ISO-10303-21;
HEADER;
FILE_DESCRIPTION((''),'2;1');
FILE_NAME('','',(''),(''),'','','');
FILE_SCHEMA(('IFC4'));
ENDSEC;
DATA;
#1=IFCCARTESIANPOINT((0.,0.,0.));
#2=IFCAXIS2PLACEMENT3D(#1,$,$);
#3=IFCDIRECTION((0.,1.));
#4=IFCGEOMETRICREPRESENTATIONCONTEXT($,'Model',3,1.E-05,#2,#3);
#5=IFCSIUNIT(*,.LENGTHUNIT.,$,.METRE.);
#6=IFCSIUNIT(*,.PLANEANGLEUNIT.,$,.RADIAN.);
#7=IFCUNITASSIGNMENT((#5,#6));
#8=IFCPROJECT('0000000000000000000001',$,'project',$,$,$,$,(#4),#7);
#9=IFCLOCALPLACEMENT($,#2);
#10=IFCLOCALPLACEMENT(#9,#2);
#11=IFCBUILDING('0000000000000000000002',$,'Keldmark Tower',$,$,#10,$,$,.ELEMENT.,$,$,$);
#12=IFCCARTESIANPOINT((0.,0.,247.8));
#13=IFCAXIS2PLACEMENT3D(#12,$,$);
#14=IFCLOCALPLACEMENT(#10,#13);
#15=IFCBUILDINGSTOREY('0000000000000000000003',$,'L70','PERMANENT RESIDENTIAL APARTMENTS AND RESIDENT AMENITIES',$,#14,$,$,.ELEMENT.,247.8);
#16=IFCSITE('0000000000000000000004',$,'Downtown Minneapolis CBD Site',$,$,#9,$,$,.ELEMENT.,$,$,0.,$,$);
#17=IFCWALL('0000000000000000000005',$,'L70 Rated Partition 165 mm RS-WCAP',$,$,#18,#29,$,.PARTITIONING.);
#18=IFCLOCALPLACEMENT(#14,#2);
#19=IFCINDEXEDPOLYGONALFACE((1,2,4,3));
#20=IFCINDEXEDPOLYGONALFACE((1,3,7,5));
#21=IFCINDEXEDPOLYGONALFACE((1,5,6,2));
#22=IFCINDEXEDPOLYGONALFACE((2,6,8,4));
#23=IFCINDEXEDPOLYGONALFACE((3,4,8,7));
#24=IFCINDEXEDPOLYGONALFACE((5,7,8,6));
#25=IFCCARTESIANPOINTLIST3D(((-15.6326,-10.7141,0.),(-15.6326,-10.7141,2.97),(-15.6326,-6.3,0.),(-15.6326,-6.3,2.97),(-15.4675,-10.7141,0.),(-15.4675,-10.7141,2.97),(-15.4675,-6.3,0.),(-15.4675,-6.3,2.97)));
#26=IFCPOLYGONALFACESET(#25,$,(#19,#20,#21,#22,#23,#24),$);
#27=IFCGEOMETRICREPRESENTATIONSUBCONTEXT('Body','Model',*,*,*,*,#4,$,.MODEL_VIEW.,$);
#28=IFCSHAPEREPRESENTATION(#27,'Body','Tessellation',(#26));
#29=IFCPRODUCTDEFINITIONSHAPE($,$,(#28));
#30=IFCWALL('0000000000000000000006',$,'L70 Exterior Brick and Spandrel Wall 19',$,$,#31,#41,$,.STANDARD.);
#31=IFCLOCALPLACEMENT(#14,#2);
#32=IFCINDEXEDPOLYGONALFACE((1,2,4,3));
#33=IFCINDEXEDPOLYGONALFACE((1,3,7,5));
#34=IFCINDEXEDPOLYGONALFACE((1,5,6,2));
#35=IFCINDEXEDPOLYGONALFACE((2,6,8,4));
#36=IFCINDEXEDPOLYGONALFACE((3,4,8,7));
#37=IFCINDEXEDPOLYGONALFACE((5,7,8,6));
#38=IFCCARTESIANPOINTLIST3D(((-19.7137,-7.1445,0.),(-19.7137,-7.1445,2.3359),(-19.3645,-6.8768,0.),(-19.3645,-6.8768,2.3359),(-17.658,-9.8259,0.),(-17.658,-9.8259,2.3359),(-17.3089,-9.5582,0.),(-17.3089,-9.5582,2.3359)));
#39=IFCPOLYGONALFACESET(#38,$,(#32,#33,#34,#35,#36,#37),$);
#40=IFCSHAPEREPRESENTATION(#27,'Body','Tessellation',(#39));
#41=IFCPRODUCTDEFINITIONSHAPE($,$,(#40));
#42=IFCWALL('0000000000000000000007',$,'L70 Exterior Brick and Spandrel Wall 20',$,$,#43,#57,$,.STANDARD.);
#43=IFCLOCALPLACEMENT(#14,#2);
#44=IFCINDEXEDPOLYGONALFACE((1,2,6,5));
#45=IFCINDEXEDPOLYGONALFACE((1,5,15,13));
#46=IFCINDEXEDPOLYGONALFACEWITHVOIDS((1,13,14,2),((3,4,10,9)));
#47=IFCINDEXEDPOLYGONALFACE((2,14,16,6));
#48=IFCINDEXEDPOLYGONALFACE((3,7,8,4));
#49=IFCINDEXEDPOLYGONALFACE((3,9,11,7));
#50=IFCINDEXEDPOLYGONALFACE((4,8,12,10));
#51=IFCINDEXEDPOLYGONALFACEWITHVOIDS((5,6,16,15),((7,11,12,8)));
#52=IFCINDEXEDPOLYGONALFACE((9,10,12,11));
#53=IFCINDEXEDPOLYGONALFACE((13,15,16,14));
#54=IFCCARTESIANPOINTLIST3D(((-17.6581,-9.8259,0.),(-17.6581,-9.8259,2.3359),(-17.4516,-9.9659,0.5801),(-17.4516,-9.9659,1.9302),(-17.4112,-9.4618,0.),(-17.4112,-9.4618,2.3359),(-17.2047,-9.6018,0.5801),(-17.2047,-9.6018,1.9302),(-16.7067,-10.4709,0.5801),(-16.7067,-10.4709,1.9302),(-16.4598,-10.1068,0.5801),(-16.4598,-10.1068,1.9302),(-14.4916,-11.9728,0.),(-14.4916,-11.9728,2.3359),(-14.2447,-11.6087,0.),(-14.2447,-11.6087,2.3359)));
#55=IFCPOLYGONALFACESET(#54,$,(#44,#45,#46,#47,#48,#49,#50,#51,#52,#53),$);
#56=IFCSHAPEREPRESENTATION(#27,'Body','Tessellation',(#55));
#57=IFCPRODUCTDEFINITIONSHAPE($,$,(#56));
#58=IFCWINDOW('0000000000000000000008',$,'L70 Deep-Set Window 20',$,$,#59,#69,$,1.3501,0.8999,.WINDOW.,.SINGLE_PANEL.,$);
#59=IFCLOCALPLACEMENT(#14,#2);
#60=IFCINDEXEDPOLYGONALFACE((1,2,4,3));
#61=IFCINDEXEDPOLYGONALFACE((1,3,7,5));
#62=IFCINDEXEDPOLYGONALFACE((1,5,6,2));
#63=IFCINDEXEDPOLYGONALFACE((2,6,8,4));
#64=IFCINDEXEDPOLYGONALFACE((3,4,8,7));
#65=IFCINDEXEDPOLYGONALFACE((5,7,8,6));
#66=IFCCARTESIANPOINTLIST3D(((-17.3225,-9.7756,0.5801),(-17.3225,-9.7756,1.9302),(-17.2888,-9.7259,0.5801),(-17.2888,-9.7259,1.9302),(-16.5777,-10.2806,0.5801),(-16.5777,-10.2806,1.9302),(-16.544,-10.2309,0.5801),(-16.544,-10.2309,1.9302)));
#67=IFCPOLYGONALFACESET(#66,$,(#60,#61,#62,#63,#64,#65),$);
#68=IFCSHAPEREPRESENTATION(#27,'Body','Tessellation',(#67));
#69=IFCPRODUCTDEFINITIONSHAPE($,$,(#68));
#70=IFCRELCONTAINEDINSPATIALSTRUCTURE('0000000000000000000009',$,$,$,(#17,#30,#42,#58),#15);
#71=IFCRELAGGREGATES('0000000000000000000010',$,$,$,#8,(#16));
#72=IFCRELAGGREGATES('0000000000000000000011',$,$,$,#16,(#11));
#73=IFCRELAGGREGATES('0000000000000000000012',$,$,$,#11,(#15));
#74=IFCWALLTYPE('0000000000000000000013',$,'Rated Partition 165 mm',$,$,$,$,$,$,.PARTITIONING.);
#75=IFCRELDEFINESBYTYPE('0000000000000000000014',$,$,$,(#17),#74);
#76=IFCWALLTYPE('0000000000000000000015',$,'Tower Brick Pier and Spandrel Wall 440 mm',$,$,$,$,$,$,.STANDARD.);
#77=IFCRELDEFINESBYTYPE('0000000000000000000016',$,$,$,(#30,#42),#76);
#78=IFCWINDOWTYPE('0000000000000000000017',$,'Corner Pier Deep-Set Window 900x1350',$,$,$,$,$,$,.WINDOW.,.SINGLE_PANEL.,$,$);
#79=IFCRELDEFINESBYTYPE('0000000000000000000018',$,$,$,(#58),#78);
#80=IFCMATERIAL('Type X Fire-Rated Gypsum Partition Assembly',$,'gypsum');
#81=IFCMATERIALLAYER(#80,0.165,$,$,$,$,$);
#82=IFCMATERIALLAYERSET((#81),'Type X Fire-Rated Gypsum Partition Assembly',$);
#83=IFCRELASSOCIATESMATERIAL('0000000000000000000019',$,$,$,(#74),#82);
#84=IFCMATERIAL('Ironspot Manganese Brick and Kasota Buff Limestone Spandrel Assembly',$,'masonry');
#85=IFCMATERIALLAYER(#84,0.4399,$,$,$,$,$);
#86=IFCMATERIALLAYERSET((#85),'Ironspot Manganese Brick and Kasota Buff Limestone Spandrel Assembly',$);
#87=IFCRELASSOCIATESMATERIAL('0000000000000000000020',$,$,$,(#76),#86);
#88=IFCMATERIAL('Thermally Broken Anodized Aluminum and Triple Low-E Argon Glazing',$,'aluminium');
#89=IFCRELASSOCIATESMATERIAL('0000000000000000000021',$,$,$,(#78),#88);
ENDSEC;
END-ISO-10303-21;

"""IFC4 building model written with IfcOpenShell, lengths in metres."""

from ifc_helpers import new_model, si_unit, direction, frame, frame_2d, origin, place, context, subcontext, project, spatial, rectangle, extrude, material, layer, layer_set, type_object, element, fill, save


model = new_model("IFC4")

# Units and contexts
model_context = context("Model", 3, precision=1e-05, world=origin(), true_north=direction((0.0, 1.0)))
body_context = subcontext(model_context, "Body", "Model", "MODEL_VIEW")
ifc_project = project(units=[si_unit("LENGTHUNIT", "METRE"), si_unit("PLANEANGLEUNIT", "RADIAN")], contexts=[model_context])

# Site, building, storey
site_placement = place(None, origin())
site = spatial("IfcSite", under=ifc_project, at=site_placement, Name="Downtown Minneapolis CBD Site", CompositionType="ELEMENT", RefElevation=0.0)
building_placement = place(site_placement, origin())
building = spatial("IfcBuilding", under=site, at=building_placement, Name="Keldmark Tower", CompositionType="ELEMENT")
storey_placement = place(building_placement, frame((0.0, 0.0, 247.8)))
storey = spatial("IfcBuildingStorey", under=building, at=storey_placement, Name="L70", Description="PERMANENT RESIDENTIAL APARTMENTS AND RESIDENT AMENITIES", CompositionType="ELEMENT", Elevation=247.8)

# Walls
ifc_material_1 = material(Name="Type X Fire-Rated Gypsum Partition Assembly", Category="gypsum")
ifc_layer_1 = layer(ifc_material_1, 0.165)
ifc_layer_set_1 = layer_set([ifc_layer_1], Name="Type X Fire-Rated Gypsum Partition Assembly")
wall_type_1 = type_object("IfcWallType", Name="Rated Partition 165 mm", PredefinedType="PARTITIONING", material=ifc_layer_set_1)
wall_1_placement = place(storey_placement, frame((-15.55, -10.7141, 0.0), z_axis=(0.0, 0.0, 1.0), x_axis=(0.0, 1.0, 0.0)))
element("IfcWall", 1, at=wall_1_placement, inside=storey, type_object=wall_type_1, Name="L70 Rated Partition 165 mm RS-WCAP", PredefinedType="PARTITIONING", context=body_context, shape_type="SweptSolid", body=[
    extrude(rectangle(XDim=4.4141, YDim=0.165, at=frame_2d((2.207, 0.0))), origin(), (0.0, 0.0, 1.0), 2.97),
])
ifc_material_2 = material(Name="Ironspot Manganese Brick and Kasota Buff Limestone Spandrel Assembly", Category="masonry")
ifc_layer_2 = layer(ifc_material_2, 0.4399)
ifc_layer_set_2 = layer_set([ifc_layer_2], Name="Ironspot Manganese Brick and Kasota Buff Limestone Spandrel Assembly")
wall_type_2 = type_object("IfcWallType", Name="Tower Brick Pier and Spandrel Wall 440 mm", PredefinedType="STANDARD", material=ifc_layer_set_2)
wall_2_placement = place(storey_placement, frame((-17.4834, -9.6921, 0.0), z_axis=(0.0, 0.0, 1.0), x_axis=(-0.608418, 0.793617, 0.0)))
element("IfcWall", 2, at=wall_2_placement, inside=storey, type_object=wall_type_2, Name="L70 Exterior Brick and Spandrel Wall 19", PredefinedType="STANDARD", context=body_context, shape_type="SweptSolid", body=[
    extrude(rectangle(XDim=3.3787, YDim=0.4399, at=frame_2d((1.6895, 0.0))), origin(), (0.0, 0.0, 1.0), 2.3359),
])

# Wall, opening, window
wall_3_placement = place(storey_placement, frame((-14.3682, -11.7908, 0.0), z_axis=(0.0, 0.0, 1.0), x_axis=(-0.827685, 0.561192, 0.0)))
wall_3 = element("IfcWall", 3, at=wall_3_placement, inside=storey, type_object=wall_type_2, Name="L70 Exterior Brick and Spandrel Wall 20", PredefinedType="STANDARD", context=body_context, shape_type="SweptSolid", body=[
    extrude(rectangle(XDim=3.8257, YDim=0.4399, at=frame_2d((1.9128, 0.0))), origin(), (0.0, 0.0, 1.0), 2.3359),
])
opening_placement = place(wall_3_placement, frame((2.6763, 0.0, 0.5801)))
opening = element("IfcOpeningElement", 4, at=opening_placement, cuts=wall_3, PredefinedType="OPENING", context=body_context, shape_type="SweptSolid", body=[
    extrude(rectangle(XDim=0.8999, YDim=1.3501, at=frame_2d((0.45, 0.675))), frame((0.0, 0.23, 0.0), z_axis=(0.0, -1.0, 0.0), x_axis=(1.0, 0.0, 0.0)), (0.0, 0.0, 1.0), 0.46),
])
ifc_material_3 = material(Name="Thermally Broken Anodized Aluminum and Triple Low-E Argon Glazing", Category="aluminium")
window_type = type_object("IfcWindowType", Name="Corner Pier Deep-Set Window 900x1350", PartitioningType="SINGLE_PANEL", PredefinedType="WINDOW", material=ifc_material_3)
window_placement = place(opening_placement, origin())
window = element("IfcWindow", 5, at=window_placement, inside=storey, type_object=window_type, Name="L70 Deep-Set Window 20", OverallHeight=1.3501, OverallWidth=0.8999, PartitioningType="SINGLE_PANEL", PredefinedType="WINDOW", context=body_context, shape_type="SweptSolid", body=[
    extrude(rectangle(XDim=0.8999, YDim=1.3501, at=frame_2d((0.45, 0.675))), frame((0.0, -0.01, 0.0), z_axis=(0.0, -1.0, 0.0), x_axis=(1.0, 0.0, 0.0)), (0.0, 0.0, 1.0), 0.0601),
])
fill(opening, window)

save(model, "model.ifc")
